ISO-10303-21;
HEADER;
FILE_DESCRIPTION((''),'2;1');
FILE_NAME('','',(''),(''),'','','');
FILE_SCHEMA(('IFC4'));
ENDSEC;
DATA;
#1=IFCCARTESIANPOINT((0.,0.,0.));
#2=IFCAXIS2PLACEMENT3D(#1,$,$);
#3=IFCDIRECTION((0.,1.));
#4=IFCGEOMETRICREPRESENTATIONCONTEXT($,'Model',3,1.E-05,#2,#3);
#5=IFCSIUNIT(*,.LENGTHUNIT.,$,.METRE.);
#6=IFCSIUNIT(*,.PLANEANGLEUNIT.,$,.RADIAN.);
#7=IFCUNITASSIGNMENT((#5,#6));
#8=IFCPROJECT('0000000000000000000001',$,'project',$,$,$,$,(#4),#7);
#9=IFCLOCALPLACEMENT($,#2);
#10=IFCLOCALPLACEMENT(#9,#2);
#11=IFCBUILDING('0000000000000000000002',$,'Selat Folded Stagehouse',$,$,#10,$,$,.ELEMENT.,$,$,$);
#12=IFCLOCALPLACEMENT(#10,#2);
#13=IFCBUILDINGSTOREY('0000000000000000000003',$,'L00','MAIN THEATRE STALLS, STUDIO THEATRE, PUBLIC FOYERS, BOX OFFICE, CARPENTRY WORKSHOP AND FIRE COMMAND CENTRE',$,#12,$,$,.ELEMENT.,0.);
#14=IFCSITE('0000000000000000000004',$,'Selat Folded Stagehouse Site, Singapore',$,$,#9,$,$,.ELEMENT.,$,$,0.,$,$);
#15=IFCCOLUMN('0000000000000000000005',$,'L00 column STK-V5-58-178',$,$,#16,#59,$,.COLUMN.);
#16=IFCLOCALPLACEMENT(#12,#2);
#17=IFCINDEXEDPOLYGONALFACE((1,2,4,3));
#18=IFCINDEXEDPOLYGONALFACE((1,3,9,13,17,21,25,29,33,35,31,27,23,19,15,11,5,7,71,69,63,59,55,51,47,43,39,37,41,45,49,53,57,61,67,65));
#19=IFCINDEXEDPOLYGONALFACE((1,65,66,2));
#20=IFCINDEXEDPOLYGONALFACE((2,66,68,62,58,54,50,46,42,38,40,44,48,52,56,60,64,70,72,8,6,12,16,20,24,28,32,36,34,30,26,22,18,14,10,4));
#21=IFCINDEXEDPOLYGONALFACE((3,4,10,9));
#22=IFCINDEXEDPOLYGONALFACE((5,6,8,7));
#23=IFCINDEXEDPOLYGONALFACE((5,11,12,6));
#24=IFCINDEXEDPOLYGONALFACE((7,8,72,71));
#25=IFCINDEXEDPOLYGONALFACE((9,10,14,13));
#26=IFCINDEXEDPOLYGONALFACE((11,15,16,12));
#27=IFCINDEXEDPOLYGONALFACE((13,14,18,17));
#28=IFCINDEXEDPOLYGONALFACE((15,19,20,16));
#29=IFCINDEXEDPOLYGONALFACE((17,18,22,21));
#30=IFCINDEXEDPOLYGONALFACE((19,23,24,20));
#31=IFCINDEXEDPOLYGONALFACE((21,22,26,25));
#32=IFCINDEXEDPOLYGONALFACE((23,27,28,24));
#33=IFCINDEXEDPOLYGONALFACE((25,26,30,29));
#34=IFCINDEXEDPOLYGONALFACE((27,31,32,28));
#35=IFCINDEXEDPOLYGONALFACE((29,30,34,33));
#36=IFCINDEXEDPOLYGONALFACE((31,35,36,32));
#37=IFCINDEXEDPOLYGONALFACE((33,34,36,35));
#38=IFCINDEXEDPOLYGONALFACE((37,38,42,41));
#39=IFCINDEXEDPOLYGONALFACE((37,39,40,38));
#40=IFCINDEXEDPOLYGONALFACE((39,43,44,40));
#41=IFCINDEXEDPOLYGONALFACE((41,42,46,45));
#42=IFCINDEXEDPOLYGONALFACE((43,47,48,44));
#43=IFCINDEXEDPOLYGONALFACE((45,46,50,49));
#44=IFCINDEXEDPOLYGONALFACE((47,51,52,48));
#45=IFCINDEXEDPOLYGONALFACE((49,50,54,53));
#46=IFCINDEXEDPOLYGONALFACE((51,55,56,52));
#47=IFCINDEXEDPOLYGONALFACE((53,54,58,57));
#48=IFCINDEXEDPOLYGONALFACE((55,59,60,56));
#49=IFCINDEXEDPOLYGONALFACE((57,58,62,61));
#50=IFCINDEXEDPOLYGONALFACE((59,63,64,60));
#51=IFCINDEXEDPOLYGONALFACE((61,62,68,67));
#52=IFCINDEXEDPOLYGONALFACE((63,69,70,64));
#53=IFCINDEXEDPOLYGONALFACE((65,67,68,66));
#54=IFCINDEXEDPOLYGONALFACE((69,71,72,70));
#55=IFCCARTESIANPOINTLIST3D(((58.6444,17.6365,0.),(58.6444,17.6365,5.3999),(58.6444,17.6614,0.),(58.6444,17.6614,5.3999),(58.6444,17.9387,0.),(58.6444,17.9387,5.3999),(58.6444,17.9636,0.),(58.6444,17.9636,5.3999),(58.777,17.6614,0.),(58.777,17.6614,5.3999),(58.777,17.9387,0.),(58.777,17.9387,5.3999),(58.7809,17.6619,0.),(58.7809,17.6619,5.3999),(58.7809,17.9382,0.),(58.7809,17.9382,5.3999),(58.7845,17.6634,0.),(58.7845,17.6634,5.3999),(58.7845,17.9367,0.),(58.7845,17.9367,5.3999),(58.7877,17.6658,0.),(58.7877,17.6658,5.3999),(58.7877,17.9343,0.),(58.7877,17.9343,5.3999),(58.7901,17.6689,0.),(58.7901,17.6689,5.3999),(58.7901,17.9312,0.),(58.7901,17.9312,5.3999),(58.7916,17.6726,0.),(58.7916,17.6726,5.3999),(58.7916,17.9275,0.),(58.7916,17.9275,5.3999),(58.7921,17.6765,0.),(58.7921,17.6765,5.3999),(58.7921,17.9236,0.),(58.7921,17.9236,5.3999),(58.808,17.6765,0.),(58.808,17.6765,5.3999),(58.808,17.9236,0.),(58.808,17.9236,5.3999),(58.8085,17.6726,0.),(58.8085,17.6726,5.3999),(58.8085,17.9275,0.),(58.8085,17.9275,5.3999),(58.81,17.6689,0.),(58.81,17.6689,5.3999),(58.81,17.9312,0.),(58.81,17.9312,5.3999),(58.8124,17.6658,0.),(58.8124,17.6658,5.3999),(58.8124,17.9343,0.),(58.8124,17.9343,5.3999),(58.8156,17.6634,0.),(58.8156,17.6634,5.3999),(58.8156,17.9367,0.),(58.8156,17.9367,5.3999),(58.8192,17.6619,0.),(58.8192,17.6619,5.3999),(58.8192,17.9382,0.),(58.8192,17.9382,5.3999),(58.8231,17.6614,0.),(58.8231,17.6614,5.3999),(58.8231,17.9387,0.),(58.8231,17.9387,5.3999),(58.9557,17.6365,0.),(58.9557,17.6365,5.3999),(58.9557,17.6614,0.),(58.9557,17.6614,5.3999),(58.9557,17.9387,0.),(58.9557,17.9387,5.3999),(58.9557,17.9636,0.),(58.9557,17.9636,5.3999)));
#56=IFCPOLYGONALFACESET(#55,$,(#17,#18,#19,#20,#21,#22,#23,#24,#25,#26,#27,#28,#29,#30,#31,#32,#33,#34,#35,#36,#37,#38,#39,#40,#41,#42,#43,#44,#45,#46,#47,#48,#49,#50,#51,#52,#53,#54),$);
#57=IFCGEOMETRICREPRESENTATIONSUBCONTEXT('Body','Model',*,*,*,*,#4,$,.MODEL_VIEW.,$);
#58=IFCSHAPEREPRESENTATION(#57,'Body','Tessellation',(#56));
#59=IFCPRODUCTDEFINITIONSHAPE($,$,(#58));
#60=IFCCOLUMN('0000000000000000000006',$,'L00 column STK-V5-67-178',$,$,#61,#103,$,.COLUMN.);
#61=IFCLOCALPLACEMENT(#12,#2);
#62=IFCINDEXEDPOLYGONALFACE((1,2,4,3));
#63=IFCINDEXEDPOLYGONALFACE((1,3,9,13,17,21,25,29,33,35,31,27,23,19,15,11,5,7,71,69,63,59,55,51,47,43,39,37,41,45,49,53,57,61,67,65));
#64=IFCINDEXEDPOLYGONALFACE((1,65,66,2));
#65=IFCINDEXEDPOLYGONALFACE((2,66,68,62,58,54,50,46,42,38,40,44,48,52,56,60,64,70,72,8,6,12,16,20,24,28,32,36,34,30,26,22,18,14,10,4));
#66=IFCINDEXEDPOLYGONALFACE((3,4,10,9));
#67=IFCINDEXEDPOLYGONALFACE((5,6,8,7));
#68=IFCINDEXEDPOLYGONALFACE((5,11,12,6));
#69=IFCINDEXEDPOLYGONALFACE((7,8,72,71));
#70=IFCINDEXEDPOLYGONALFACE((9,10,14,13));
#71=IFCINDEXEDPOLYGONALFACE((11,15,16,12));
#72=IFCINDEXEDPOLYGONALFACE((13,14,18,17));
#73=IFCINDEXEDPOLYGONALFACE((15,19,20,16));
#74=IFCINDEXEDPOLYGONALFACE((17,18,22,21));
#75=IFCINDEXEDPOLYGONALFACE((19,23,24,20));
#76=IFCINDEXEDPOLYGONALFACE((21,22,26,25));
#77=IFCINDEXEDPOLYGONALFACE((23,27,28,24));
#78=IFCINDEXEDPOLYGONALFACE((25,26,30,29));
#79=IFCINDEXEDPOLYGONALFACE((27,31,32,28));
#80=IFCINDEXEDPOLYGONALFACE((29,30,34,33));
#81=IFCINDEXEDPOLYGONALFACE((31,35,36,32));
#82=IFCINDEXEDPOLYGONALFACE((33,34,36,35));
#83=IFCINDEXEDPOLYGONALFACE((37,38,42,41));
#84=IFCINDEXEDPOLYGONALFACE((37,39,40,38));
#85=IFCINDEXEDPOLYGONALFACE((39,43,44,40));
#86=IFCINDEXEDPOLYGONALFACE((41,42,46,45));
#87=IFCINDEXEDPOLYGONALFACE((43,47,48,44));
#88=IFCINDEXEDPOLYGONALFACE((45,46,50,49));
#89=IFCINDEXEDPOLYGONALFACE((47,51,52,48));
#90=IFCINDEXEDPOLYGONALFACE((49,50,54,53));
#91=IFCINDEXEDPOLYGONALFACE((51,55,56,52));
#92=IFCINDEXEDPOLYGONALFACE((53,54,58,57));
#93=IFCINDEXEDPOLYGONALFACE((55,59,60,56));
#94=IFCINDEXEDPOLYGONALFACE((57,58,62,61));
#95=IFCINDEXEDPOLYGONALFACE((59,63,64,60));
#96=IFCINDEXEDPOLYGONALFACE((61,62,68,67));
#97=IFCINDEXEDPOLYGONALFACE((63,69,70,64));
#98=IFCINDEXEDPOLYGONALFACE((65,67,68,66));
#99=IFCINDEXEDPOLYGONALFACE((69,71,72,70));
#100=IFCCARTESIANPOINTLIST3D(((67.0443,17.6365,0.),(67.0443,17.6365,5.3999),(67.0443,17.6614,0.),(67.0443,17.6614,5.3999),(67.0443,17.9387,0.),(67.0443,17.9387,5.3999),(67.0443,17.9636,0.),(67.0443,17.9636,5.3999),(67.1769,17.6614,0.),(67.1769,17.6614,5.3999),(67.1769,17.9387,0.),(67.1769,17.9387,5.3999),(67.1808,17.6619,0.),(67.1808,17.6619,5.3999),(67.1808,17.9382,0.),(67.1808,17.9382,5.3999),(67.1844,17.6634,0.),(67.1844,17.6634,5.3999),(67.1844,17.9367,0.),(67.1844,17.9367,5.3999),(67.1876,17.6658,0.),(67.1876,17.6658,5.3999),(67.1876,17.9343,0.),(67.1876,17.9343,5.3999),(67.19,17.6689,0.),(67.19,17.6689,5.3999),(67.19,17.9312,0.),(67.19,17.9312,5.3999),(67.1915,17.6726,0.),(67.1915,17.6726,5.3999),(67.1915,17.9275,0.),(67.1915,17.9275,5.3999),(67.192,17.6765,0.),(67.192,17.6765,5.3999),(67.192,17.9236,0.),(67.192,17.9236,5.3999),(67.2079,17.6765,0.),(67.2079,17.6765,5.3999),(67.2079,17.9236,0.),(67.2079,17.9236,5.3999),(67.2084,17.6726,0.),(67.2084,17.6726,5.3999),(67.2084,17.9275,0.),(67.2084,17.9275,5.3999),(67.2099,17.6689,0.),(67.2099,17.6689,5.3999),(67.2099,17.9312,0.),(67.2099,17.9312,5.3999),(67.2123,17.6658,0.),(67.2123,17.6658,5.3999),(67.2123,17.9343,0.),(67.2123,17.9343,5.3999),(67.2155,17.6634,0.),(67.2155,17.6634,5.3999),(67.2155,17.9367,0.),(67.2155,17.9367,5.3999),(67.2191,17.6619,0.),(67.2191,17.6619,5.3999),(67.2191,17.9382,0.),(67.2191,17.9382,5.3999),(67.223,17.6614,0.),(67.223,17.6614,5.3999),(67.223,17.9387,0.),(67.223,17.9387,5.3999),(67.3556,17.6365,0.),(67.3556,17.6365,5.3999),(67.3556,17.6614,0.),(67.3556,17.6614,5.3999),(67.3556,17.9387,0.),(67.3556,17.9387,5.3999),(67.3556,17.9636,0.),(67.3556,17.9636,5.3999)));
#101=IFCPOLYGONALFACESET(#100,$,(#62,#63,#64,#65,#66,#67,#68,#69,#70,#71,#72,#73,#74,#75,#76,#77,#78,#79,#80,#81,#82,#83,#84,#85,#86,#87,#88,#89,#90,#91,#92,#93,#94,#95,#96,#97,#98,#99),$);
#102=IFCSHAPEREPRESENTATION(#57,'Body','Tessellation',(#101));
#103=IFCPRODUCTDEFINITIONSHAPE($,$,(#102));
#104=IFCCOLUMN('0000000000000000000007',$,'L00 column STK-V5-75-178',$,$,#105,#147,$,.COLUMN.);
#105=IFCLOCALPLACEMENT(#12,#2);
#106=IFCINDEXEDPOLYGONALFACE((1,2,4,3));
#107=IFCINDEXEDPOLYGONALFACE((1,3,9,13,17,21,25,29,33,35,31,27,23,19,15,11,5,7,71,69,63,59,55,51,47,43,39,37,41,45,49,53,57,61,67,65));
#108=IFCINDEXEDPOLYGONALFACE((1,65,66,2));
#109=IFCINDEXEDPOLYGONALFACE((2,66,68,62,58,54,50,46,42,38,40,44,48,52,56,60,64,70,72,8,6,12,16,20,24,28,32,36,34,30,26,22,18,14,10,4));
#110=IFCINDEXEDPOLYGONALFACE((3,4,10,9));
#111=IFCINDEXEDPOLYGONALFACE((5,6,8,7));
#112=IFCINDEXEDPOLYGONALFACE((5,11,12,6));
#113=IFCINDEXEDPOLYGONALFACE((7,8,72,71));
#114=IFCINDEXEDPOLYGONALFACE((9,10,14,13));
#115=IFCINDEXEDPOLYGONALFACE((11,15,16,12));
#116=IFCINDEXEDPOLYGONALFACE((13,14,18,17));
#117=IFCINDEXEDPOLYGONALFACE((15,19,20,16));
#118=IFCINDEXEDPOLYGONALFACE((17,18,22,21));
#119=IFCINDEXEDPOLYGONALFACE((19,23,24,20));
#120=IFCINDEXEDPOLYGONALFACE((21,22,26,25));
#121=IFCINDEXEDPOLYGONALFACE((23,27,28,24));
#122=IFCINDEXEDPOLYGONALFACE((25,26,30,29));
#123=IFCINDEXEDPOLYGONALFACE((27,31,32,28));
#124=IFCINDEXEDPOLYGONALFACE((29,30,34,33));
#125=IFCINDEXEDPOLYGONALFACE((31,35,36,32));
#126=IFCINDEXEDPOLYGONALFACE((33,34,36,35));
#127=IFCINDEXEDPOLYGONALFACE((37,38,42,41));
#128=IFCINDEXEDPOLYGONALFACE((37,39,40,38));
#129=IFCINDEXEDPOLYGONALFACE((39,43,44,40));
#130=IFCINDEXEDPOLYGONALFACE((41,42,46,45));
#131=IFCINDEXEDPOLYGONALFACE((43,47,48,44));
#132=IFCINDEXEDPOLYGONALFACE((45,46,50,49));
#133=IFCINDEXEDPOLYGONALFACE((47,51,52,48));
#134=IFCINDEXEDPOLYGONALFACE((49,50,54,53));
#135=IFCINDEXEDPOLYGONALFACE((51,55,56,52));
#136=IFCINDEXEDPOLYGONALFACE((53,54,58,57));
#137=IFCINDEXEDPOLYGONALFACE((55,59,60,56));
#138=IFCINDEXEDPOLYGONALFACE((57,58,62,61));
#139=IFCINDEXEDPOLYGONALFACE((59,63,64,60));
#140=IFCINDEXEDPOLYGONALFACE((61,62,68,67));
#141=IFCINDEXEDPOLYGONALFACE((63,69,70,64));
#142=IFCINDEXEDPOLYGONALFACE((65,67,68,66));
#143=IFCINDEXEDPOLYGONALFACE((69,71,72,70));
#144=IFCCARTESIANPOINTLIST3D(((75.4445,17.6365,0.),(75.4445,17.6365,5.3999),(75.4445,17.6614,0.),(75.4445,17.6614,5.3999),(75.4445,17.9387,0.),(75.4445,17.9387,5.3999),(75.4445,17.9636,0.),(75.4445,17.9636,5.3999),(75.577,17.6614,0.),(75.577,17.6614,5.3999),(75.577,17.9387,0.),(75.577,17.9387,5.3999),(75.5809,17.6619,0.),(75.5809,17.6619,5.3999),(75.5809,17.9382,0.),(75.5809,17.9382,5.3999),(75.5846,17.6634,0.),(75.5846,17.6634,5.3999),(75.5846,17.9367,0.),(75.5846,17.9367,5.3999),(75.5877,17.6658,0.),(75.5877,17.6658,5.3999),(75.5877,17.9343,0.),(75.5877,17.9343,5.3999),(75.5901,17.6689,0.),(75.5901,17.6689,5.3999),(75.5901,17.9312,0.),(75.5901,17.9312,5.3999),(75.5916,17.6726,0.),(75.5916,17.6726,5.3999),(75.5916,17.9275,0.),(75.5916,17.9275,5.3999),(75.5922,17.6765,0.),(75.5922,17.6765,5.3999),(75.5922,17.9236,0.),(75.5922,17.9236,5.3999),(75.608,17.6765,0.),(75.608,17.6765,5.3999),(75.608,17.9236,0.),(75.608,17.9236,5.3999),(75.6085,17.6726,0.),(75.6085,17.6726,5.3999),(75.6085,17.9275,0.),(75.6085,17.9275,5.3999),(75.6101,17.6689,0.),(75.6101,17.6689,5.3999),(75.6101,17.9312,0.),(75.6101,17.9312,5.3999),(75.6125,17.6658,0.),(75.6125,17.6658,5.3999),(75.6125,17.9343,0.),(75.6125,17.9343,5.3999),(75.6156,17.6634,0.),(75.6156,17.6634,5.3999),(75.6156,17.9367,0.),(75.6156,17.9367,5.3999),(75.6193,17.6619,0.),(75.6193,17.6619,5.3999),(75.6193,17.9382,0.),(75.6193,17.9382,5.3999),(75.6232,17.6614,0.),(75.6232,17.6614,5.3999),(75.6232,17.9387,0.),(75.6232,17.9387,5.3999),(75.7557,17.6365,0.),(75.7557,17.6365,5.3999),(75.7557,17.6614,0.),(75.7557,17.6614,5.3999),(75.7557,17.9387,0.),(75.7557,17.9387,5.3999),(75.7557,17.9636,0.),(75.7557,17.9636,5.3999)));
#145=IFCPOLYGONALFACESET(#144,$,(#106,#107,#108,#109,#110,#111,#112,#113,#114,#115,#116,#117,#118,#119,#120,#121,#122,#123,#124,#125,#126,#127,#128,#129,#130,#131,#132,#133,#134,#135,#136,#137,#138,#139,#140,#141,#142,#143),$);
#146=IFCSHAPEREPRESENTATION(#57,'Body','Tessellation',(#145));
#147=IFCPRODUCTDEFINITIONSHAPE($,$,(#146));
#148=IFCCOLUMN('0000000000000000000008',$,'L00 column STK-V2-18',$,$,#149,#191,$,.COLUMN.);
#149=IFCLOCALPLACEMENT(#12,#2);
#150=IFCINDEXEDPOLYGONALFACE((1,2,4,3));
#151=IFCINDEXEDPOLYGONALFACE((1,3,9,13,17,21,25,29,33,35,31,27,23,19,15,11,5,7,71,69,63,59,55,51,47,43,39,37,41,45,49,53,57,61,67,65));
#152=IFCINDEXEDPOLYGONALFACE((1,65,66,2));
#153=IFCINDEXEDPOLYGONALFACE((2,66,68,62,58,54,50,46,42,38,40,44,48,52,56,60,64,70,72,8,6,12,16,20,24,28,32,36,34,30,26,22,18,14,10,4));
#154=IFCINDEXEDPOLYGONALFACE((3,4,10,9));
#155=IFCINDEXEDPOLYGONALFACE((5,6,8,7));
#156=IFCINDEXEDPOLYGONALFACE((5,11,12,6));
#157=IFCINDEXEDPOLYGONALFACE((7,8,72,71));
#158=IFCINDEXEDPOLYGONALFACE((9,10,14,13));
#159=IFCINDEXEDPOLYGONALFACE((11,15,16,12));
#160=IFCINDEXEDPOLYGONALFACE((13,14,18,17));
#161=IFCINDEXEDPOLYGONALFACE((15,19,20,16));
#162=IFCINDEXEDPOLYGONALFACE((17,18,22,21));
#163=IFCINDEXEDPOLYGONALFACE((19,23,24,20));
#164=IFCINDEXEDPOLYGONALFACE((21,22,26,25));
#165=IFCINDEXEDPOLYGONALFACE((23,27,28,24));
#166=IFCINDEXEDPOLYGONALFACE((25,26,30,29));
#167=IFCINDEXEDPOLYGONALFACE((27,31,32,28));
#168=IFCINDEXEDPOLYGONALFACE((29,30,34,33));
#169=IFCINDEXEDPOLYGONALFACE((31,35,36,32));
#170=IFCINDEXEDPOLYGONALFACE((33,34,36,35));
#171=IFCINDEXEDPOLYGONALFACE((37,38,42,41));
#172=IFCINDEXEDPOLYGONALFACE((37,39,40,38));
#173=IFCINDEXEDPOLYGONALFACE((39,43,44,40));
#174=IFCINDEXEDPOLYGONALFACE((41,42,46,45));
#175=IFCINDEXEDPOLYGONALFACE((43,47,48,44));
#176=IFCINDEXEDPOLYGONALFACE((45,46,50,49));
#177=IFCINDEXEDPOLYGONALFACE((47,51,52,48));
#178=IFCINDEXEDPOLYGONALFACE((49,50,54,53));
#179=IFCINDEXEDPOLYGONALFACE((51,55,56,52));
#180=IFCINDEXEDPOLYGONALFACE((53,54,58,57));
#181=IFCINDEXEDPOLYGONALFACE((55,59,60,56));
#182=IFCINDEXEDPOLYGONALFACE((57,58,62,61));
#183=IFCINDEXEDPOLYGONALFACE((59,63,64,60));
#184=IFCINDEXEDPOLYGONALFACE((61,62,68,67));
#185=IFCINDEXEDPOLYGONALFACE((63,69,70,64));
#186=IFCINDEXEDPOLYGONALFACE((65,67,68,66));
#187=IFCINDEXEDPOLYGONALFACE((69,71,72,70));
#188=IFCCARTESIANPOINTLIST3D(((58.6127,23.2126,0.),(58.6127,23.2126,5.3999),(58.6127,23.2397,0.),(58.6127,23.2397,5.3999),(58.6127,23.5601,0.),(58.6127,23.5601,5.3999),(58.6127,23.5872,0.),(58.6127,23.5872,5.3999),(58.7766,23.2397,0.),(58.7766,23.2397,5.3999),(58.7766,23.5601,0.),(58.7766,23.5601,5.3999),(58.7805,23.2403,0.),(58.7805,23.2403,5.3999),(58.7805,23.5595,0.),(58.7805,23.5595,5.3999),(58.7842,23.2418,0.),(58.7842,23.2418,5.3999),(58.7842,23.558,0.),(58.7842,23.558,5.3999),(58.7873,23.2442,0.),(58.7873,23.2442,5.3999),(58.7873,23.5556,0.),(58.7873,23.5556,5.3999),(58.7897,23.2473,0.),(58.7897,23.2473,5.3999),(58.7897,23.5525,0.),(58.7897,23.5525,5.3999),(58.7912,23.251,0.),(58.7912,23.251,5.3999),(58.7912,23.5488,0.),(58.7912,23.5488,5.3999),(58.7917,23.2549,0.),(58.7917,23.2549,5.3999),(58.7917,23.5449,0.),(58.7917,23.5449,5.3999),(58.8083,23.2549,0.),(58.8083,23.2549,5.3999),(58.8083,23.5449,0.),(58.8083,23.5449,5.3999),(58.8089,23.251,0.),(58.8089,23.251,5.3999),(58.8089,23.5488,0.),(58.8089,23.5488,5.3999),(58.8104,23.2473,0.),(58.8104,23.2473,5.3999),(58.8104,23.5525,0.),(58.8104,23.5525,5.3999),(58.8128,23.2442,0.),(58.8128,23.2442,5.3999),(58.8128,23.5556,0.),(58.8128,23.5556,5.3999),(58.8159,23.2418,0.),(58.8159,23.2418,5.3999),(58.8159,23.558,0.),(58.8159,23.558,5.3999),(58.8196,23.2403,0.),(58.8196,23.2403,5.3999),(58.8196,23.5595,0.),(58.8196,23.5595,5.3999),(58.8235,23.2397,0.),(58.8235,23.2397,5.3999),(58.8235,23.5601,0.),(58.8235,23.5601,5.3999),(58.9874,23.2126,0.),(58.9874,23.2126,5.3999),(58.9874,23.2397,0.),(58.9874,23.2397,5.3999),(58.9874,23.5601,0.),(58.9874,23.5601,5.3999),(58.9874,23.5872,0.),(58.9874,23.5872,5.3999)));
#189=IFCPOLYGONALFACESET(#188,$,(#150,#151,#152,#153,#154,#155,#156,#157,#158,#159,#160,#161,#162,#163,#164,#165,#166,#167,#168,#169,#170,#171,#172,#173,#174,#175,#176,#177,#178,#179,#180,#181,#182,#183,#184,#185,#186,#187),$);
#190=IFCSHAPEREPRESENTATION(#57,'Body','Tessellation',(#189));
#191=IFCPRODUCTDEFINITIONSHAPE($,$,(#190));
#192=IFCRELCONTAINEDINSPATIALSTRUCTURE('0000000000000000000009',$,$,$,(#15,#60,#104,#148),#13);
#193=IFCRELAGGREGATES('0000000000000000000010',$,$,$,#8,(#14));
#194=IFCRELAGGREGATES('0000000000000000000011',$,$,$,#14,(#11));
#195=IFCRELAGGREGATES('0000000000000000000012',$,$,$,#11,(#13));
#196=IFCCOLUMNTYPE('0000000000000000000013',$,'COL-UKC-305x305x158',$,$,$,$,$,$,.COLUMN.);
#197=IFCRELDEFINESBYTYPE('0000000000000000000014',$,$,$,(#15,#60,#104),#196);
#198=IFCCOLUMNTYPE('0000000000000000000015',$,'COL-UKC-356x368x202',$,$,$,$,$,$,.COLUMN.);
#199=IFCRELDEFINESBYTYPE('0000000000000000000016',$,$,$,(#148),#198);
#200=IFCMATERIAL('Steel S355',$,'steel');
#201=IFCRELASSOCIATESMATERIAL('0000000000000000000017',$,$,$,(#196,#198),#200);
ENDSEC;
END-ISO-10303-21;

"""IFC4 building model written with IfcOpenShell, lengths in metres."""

from ifc_helpers import new_model, si_unit, direction, frame, origin, origin_2d, place, context, subcontext, project, spatial, i_section, extrude, material, material_profile, profile_set, type_object, element, save


model = new_model("IFC4")

# Units and contexts
model_context = context("Model", 3, precision=1e-05, world=origin(), true_north=direction((0.0, 1.0)))
body_context = subcontext(model_context, "Body", "Model", "MODEL_VIEW")
ifc_project = project(units=[si_unit("LENGTHUNIT", "METRE"), si_unit("PLANEANGLEUNIT", "RADIAN")], contexts=[model_context])

# Site, building, storey
site_placement = place(None, origin())
site = spatial("IfcSite", under=ifc_project, at=site_placement, Name="Selat Folded Stagehouse Site, Singapore", CompositionType="ELEMENT", RefElevation=0.0)
building_placement = place(site_placement, origin())
building = spatial("IfcBuilding", under=site, at=building_placement, Name="Selat Folded Stagehouse", CompositionType="ELEMENT")
storey_placement = place(building_placement, origin())
storey = spatial("IfcBuildingStorey", under=building, at=storey_placement, Name="L00", Description="MAIN THEATRE STALLS, STUDIO THEATRE, PUBLIC FOYERS, BOX OFFICE, CARPENTRY WORKSHOP AND FIRE COMMAND CENTRE", CompositionType="ELEMENT", Elevation=0.0)

# Columns
ifc_material_1 = material(Name="Steel S355", Category="steel")
ifc_material_profile_1 = material_profile(ifc_material_1, i_section(OverallWidth=0.3113, OverallDepth=0.3271, WebThickness=0.0159, FlangeThickness=0.0249, FilletRadius=0.0151, at=origin_2d()), Name="UKC 305x305x158")
ifc_profile_set_1 = profile_set([ifc_material_profile_1], Name="Steel S355")
column_type_1 = type_object("IfcColumnType", Name="COL-UKC-305x305x158", PredefinedType="COLUMN", material=ifc_profile_set_1)
for number, where, z_axis, x_axis, name in (
    (1, (58.8, 17.8, 0.0), (0.0, 0.0, 1.0), (1.0, 0.0, 0.0), "L00 column STK-V5-58-178"),
    (2, (67.2, 17.8, 0.0), (0.0, 0.0, 1.0), (1.0, 0.0, 0.0), "L00 column STK-V5-67-178"),
    (3, (75.6001, 17.8, 0.0), (0.0, 0.0, 1.0), (1.0, 0.0, 0.0), "L00 column STK-V5-75-178"),
):
    element("IfcColumn", number, at=place(storey_placement, frame(where, z_axis=z_axis, x_axis=x_axis)), inside=storey, type_object=column_type_1, Name=name, PredefinedType="COLUMN", context=body_context, shape_type="SweptSolid", body=[
        extrude(i_section(OverallWidth=0.3113, OverallDepth=0.3271, WebThickness=0.0159, FlangeThickness=0.0249, FilletRadius=0.0151, at=origin_2d()), origin(), (0.0, 0.0, 1.0), 5.3999),
    ])
ifc_material_profile_2 = material_profile(ifc_material_1, i_section(OverallWidth=0.3748, OverallDepth=0.3745, WebThickness=0.0166, FlangeThickness=0.0271, FilletRadius=0.0151, at=origin_2d()), Name="UKC 356x368x202")
ifc_profile_set_2 = profile_set([ifc_material_profile_2], Name="Steel S355")
column_type_2 = type_object("IfcColumnType", Name="COL-UKC-356x368x202", PredefinedType="COLUMN", material=ifc_profile_set_2)
for number, where, z_axis, x_axis, name in (
    (4, (58.8, 23.3999, 0.0), (0.0, 0.0, 1.0), (1.0, 0.0, 0.0), "L00 column STK-V2-18"),
):
    element("IfcColumn", number, at=place(storey_placement, frame(where, z_axis=z_axis, x_axis=x_axis)), inside=storey, type_object=column_type_2, Name=name, PredefinedType="COLUMN", context=body_context, shape_type="SweptSolid", body=[
        extrude(i_section(OverallWidth=0.3748, OverallDepth=0.3745, WebThickness=0.0166, FlangeThickness=0.0271, FilletRadius=0.0151, at=origin_2d()), origin(), (0.0, 0.0, 1.0), 5.3999),
    ])

save(model, "model.ifc")
